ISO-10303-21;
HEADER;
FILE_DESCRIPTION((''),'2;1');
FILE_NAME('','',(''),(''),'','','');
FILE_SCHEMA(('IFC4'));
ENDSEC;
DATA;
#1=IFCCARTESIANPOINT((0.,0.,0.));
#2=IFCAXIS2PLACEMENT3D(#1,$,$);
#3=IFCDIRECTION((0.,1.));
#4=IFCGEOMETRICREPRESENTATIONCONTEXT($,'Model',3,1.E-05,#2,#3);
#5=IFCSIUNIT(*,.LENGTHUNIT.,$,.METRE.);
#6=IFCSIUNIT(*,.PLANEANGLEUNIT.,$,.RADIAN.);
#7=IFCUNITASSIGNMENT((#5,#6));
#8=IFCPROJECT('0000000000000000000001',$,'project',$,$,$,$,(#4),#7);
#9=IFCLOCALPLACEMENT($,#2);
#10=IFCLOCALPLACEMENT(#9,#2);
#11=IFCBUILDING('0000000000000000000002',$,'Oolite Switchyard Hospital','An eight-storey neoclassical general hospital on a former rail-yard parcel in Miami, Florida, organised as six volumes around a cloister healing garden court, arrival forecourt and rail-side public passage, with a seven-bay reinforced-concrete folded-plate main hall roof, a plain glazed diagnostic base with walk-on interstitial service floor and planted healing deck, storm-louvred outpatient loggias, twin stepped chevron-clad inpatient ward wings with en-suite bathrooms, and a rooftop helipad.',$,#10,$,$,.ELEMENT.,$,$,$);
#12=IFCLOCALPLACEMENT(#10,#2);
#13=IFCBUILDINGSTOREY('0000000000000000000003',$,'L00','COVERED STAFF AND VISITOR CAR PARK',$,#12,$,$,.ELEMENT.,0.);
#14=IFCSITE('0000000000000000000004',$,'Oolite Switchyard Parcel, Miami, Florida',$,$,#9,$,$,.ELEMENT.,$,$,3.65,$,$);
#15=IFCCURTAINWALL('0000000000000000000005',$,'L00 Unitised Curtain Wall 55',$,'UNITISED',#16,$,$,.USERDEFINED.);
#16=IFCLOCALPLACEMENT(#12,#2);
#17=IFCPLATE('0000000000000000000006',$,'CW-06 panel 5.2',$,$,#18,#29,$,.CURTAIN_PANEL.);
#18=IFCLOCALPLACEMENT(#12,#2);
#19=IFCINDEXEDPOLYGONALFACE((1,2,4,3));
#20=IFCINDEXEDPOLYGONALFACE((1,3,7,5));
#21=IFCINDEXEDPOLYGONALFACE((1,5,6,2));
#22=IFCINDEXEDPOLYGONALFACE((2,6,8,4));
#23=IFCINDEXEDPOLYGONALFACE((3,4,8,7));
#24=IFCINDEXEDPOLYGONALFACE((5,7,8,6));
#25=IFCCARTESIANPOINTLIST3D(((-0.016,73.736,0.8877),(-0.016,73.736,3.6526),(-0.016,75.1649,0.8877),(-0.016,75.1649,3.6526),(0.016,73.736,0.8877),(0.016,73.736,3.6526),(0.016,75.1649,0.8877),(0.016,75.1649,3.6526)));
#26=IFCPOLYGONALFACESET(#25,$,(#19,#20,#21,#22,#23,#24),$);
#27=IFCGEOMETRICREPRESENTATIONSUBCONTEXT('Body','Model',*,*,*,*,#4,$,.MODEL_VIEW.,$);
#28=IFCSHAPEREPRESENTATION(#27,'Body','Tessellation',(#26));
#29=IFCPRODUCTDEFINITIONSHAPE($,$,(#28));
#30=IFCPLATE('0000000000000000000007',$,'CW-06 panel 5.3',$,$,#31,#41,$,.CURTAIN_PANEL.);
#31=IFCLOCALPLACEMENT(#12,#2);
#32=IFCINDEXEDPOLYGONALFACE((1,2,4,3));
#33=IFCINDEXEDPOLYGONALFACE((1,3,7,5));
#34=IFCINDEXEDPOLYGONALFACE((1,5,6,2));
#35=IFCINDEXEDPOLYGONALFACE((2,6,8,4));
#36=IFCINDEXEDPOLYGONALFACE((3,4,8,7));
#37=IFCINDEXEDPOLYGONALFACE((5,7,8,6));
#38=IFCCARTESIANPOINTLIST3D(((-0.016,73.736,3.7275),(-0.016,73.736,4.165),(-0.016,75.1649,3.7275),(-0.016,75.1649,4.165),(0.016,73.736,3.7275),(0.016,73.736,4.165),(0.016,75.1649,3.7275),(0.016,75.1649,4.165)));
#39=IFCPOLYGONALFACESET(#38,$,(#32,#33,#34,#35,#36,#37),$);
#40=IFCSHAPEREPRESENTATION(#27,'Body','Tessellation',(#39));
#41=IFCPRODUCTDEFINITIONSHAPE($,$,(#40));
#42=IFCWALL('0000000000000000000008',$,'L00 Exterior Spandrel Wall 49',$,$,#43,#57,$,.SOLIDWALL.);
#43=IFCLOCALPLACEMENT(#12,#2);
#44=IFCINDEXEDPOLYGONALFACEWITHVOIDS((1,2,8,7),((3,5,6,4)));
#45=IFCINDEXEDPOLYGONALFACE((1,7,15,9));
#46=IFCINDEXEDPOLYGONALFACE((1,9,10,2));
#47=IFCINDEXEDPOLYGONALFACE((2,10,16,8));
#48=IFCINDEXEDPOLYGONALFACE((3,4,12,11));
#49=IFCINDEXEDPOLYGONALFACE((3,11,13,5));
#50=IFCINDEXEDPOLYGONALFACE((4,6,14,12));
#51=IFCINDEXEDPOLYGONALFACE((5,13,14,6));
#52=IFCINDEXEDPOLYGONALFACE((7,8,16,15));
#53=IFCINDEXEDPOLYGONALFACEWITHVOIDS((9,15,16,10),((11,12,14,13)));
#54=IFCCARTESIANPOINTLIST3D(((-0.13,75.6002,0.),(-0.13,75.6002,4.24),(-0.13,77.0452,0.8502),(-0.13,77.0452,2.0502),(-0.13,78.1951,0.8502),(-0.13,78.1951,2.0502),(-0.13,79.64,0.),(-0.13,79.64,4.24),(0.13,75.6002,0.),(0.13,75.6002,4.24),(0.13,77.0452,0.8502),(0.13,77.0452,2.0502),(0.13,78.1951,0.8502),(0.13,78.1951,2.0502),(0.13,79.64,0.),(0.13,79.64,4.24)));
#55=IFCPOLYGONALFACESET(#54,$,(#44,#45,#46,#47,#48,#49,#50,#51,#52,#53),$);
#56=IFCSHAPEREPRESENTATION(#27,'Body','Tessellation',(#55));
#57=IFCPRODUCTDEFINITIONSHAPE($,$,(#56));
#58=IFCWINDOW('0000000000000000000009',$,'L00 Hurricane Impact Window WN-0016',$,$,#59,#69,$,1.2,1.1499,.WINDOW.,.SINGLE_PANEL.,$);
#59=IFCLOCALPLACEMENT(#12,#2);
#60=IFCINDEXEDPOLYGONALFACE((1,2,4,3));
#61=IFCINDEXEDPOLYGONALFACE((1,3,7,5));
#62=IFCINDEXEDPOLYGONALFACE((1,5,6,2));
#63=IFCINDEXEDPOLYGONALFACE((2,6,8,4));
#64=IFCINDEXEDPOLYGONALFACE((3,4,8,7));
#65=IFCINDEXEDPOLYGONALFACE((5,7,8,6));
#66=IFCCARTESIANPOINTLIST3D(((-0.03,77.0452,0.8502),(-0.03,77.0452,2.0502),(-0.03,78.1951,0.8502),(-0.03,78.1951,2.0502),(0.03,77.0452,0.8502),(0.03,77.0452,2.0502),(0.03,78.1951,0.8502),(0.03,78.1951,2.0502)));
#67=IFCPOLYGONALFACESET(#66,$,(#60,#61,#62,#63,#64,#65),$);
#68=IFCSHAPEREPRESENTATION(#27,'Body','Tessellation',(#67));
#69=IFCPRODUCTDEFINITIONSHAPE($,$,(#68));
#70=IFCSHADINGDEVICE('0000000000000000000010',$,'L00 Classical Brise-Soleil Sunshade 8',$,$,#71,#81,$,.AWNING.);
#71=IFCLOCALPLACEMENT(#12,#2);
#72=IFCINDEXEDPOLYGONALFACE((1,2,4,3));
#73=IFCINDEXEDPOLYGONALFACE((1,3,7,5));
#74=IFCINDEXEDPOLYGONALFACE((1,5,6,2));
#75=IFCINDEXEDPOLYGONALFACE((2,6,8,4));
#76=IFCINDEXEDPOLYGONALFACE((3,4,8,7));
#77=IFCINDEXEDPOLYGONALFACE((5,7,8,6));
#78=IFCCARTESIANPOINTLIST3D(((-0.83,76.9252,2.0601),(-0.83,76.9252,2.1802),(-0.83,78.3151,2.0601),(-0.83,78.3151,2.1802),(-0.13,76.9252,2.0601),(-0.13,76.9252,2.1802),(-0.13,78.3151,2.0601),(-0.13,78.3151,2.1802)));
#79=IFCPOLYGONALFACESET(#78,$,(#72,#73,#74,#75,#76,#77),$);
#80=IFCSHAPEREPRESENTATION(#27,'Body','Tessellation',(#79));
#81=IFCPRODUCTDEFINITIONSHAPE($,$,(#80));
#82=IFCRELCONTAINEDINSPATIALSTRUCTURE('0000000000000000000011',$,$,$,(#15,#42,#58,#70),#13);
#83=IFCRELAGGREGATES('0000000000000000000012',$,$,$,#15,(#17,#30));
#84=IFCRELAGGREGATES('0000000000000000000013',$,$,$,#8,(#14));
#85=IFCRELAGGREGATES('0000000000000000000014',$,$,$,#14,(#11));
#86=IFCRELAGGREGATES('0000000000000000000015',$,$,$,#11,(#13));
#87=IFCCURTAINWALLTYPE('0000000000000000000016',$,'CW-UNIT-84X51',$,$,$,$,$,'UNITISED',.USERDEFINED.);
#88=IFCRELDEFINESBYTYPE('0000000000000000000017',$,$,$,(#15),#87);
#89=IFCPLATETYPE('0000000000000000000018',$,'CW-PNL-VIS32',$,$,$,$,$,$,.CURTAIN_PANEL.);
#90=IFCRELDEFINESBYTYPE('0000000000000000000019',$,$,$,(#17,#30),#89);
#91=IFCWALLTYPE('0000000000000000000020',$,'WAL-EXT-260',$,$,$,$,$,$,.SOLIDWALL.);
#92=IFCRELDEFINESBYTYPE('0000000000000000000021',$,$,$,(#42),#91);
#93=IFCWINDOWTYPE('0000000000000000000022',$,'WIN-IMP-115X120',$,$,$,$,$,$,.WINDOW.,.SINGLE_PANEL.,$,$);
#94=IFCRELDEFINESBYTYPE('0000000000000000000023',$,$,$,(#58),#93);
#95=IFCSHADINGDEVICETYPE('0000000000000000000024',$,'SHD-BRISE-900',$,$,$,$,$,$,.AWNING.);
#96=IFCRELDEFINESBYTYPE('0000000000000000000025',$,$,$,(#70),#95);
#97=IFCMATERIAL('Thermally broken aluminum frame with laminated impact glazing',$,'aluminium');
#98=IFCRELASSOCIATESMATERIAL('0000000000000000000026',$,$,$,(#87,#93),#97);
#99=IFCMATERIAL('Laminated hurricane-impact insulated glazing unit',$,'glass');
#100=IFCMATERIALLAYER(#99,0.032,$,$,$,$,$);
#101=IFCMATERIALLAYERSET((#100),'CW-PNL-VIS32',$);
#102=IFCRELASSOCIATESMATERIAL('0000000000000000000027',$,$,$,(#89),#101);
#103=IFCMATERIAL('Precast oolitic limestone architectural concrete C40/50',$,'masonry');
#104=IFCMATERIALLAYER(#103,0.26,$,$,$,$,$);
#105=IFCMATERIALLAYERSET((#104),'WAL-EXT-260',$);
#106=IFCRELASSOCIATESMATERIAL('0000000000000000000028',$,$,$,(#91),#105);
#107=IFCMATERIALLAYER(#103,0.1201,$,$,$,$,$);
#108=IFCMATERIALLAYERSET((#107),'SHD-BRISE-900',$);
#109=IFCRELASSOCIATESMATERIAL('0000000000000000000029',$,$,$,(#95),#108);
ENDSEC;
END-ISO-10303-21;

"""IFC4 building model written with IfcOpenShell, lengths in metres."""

from ifc_helpers import new_model, si_unit, direction, frame, frame_2d, origin, origin_2d, place, context, subcontext, project, spatial, rectangle, extrude, material, layer, layer_set, type_object, element, fill, aggregate, save


model = new_model("IFC4")

# Units and contexts
model_context = context("Model", 3, precision=1e-05, world=origin(), true_north=direction((0.0, 1.0)))
body_context = subcontext(model_context, "Body", "Model", "MODEL_VIEW")
ifc_project = project(units=[si_unit("LENGTHUNIT", "METRE"), si_unit("PLANEANGLEUNIT", "RADIAN")], contexts=[model_context])

# Site, building, storey
site_placement = place(None, origin())
site = spatial("IfcSite", under=ifc_project, at=site_placement, Name="Oolite Switchyard Parcel, Miami, Florida", CompositionType="ELEMENT", RefElevation=3.65)
building_placement = place(site_placement, origin())
building = spatial("IfcBuilding", under=site, at=building_placement, Name="Oolite Switchyard Hospital", Description="An eight-storey neoclassical general hospital on a former rail-yard parcel in Miami, Florida, organised as six volumes around a cloister healing garden court, arrival forecourt and rail-side public passage, with a seven-bay reinforced-concrete folded-plate main hall roof, a plain glazed diagnostic base with walk-on interstitial service floor and planted healing deck, storm-louvred outpatient loggias, twin stepped chevron-clad inpatient ward wings with en-suite bathrooms, and a rooftop helipad.", CompositionType="ELEMENT")
storey_placement = place(building_placement, origin())
storey = spatial("IfcBuildingStorey", under=building, at=storey_placement, Name="L00", Description="COVERED STAFF AND VISITOR CAR PARK", CompositionType="ELEMENT", Elevation=0.0)

# Shared definitions
ifc_material_1 = material(Name="Thermally broken aluminum frame with laminated impact glazing", Category="aluminium")
curtain_wall_type = type_object("IfcCurtainWallType", Name="CW-UNIT-84X51", ElementType="UNITISED", PredefinedType="USERDEFINED", material=ifc_material_1)

# Curtain wall
curtain_wall_1_placement = place(storey_placement, origin())
curtain_wall_1 = element("IfcCurtainWall", 1, at=curtain_wall_1_placement, inside=storey, type_object=curtain_wall_type, Name="L00 Unitised Curtain Wall 55", ObjectType="UNITISED", PredefinedType="USERDEFINED")

# Plates
ifc_material_2 = material(Name="Laminated hurricane-impact insulated glazing unit", Category="glass")
ifc_layer_1 = layer(ifc_material_2, 0.032)
ifc_layer_set_1 = layer_set([ifc_layer_1], Name="CW-PNL-VIS32")
plate_type = type_object("IfcPlateType", Name="CW-PNL-VIS32", PredefinedType="CURTAIN_PANEL", material=ifc_layer_set_1)
plate_1_placement = place(storey_placement, frame((0.0, 74.4504, 0.8877), z_axis=(0.0, 0.0, 1.0), x_axis=(0.0, 1.0, 0.0)))
plate_1 = element("IfcPlate", 2, at=plate_1_placement, type_object=plate_type, Name="CW-06 panel 5.2", PredefinedType="CURTAIN_PANEL", context=body_context, shape_type="SweptSolid", body=[
    extrude(rectangle(XDim=1.429, YDim=0.032, at=origin_2d()), origin(), (0.0, 0.0, 1.0), 2.7649),
])
plate_2_placement = place(storey_placement, frame((0.0, 74.4504, 3.7275), z_axis=(0.0, 0.0, 1.0), x_axis=(0.0, 1.0, 0.0)))
plate_2 = element("IfcPlate", 3, at=plate_2_placement, type_object=plate_type, Name="CW-06 panel 5.3", PredefinedType="CURTAIN_PANEL", context=body_context, shape_type="SweptSolid", body=[
    extrude(rectangle(XDim=1.429, YDim=0.032, at=origin_2d()), origin(), (0.0, 0.0, 1.0), 0.4375),
])
aggregate(curtain_wall_1, [plate_1, plate_2])

# Wall, opening, window
ifc_material_3 = material(Name="Precast oolitic limestone architectural concrete C40/50", Category="masonry")
ifc_layer_2 = layer(ifc_material_3, 0.26)
ifc_layer_set_2 = layer_set([ifc_layer_2], Name="WAL-EXT-260")
wall_type = type_object("IfcWallType", Name="WAL-EXT-260", PredefinedType="SOLIDWALL", material=ifc_layer_set_2)
wall_placement = place(storey_placement, frame((0.0, 75.6001, 0.0), z_axis=(0.0, 0.0, 1.0), x_axis=(0.0, 1.0, 0.0)))
wall = element("IfcWall", 4, at=wall_placement, inside=storey, type_object=wall_type, Name="L00 Exterior Spandrel Wall 49", PredefinedType="SOLIDWALL", context=body_context, shape_type="SweptSolid", body=[
    extrude(rectangle(XDim=4.0398, YDim=0.26, at=frame_2d((2.02, 0.0))), origin(), (0.0, 0.0, 1.0), 4.24),
])
opening_placement = place(wall_placement, frame((1.4451, 0.0, 0.8501)))
opening = element("IfcOpeningElement", 5, at=opening_placement, cuts=wall, PredefinedType="OPENING", context=body_context, shape_type="SweptSolid", body=[
    extrude(rectangle(XDim=1.1499, YDim=1.2, at=frame_2d((0.575, 0.6001))), frame((0.0, 0.1401, 0.0), z_axis=(0.0, -1.0, 0.0), x_axis=(1.0, 0.0, 0.0)), (0.0, 0.0, 1.0), 0.28),
])
window_type = type_object("IfcWindowType", Name="WIN-IMP-115X120", PartitioningType="SINGLE_PANEL", PredefinedType="WINDOW", material=ifc_material_1)
window_placement = place(opening_placement, origin())
window = element("IfcWindow", 6, at=window_placement, inside=storey, type_object=window_type, Name="L00 Hurricane Impact Window WN-0016", OverallHeight=1.2, OverallWidth=1.1499, PartitioningType="SINGLE_PANEL", PredefinedType="WINDOW", context=body_context, shape_type="SweptSolid", body=[
    extrude(rectangle(XDim=1.1499, YDim=1.2, at=frame_2d((0.575, 0.6001))), frame((0.0, 0.03, 0.0), z_axis=(0.0, -1.0, 0.0), x_axis=(1.0, 0.0, 0.0)), (0.0, 0.0, 1.0), 0.0601),
])
fill(opening, window)

# Shading device
ifc_layer_3 = layer(ifc_material_3, 0.1201)
ifc_layer_set_3 = layer_set([ifc_layer_3], Name="SHD-BRISE-900")
shading_device_type = type_object("IfcShadingDeviceType", Name="SHD-BRISE-900", PredefinedType="AWNING", material=ifc_layer_set_3)
shading_device_placement = place(storey_placement, frame((-0.48, 77.6201, 2.0601), z_axis=(0.0, 0.0, 1.0), x_axis=(0.0, 1.0, 0.0)))
element("IfcShadingDevice", 7, at=shading_device_placement, inside=storey, type_object=shading_device_type, Name="L00 Classical Brise-Soleil Sunshade 8", PredefinedType="AWNING", context=body_context, shape_type="SweptSolid", body=[
    extrude(rectangle(XDim=1.3899, YDim=0.7, at=origin_2d()), origin(), (0.0, 0.0, 1.0), 0.1201),
])

save(model, "model.ifc")
